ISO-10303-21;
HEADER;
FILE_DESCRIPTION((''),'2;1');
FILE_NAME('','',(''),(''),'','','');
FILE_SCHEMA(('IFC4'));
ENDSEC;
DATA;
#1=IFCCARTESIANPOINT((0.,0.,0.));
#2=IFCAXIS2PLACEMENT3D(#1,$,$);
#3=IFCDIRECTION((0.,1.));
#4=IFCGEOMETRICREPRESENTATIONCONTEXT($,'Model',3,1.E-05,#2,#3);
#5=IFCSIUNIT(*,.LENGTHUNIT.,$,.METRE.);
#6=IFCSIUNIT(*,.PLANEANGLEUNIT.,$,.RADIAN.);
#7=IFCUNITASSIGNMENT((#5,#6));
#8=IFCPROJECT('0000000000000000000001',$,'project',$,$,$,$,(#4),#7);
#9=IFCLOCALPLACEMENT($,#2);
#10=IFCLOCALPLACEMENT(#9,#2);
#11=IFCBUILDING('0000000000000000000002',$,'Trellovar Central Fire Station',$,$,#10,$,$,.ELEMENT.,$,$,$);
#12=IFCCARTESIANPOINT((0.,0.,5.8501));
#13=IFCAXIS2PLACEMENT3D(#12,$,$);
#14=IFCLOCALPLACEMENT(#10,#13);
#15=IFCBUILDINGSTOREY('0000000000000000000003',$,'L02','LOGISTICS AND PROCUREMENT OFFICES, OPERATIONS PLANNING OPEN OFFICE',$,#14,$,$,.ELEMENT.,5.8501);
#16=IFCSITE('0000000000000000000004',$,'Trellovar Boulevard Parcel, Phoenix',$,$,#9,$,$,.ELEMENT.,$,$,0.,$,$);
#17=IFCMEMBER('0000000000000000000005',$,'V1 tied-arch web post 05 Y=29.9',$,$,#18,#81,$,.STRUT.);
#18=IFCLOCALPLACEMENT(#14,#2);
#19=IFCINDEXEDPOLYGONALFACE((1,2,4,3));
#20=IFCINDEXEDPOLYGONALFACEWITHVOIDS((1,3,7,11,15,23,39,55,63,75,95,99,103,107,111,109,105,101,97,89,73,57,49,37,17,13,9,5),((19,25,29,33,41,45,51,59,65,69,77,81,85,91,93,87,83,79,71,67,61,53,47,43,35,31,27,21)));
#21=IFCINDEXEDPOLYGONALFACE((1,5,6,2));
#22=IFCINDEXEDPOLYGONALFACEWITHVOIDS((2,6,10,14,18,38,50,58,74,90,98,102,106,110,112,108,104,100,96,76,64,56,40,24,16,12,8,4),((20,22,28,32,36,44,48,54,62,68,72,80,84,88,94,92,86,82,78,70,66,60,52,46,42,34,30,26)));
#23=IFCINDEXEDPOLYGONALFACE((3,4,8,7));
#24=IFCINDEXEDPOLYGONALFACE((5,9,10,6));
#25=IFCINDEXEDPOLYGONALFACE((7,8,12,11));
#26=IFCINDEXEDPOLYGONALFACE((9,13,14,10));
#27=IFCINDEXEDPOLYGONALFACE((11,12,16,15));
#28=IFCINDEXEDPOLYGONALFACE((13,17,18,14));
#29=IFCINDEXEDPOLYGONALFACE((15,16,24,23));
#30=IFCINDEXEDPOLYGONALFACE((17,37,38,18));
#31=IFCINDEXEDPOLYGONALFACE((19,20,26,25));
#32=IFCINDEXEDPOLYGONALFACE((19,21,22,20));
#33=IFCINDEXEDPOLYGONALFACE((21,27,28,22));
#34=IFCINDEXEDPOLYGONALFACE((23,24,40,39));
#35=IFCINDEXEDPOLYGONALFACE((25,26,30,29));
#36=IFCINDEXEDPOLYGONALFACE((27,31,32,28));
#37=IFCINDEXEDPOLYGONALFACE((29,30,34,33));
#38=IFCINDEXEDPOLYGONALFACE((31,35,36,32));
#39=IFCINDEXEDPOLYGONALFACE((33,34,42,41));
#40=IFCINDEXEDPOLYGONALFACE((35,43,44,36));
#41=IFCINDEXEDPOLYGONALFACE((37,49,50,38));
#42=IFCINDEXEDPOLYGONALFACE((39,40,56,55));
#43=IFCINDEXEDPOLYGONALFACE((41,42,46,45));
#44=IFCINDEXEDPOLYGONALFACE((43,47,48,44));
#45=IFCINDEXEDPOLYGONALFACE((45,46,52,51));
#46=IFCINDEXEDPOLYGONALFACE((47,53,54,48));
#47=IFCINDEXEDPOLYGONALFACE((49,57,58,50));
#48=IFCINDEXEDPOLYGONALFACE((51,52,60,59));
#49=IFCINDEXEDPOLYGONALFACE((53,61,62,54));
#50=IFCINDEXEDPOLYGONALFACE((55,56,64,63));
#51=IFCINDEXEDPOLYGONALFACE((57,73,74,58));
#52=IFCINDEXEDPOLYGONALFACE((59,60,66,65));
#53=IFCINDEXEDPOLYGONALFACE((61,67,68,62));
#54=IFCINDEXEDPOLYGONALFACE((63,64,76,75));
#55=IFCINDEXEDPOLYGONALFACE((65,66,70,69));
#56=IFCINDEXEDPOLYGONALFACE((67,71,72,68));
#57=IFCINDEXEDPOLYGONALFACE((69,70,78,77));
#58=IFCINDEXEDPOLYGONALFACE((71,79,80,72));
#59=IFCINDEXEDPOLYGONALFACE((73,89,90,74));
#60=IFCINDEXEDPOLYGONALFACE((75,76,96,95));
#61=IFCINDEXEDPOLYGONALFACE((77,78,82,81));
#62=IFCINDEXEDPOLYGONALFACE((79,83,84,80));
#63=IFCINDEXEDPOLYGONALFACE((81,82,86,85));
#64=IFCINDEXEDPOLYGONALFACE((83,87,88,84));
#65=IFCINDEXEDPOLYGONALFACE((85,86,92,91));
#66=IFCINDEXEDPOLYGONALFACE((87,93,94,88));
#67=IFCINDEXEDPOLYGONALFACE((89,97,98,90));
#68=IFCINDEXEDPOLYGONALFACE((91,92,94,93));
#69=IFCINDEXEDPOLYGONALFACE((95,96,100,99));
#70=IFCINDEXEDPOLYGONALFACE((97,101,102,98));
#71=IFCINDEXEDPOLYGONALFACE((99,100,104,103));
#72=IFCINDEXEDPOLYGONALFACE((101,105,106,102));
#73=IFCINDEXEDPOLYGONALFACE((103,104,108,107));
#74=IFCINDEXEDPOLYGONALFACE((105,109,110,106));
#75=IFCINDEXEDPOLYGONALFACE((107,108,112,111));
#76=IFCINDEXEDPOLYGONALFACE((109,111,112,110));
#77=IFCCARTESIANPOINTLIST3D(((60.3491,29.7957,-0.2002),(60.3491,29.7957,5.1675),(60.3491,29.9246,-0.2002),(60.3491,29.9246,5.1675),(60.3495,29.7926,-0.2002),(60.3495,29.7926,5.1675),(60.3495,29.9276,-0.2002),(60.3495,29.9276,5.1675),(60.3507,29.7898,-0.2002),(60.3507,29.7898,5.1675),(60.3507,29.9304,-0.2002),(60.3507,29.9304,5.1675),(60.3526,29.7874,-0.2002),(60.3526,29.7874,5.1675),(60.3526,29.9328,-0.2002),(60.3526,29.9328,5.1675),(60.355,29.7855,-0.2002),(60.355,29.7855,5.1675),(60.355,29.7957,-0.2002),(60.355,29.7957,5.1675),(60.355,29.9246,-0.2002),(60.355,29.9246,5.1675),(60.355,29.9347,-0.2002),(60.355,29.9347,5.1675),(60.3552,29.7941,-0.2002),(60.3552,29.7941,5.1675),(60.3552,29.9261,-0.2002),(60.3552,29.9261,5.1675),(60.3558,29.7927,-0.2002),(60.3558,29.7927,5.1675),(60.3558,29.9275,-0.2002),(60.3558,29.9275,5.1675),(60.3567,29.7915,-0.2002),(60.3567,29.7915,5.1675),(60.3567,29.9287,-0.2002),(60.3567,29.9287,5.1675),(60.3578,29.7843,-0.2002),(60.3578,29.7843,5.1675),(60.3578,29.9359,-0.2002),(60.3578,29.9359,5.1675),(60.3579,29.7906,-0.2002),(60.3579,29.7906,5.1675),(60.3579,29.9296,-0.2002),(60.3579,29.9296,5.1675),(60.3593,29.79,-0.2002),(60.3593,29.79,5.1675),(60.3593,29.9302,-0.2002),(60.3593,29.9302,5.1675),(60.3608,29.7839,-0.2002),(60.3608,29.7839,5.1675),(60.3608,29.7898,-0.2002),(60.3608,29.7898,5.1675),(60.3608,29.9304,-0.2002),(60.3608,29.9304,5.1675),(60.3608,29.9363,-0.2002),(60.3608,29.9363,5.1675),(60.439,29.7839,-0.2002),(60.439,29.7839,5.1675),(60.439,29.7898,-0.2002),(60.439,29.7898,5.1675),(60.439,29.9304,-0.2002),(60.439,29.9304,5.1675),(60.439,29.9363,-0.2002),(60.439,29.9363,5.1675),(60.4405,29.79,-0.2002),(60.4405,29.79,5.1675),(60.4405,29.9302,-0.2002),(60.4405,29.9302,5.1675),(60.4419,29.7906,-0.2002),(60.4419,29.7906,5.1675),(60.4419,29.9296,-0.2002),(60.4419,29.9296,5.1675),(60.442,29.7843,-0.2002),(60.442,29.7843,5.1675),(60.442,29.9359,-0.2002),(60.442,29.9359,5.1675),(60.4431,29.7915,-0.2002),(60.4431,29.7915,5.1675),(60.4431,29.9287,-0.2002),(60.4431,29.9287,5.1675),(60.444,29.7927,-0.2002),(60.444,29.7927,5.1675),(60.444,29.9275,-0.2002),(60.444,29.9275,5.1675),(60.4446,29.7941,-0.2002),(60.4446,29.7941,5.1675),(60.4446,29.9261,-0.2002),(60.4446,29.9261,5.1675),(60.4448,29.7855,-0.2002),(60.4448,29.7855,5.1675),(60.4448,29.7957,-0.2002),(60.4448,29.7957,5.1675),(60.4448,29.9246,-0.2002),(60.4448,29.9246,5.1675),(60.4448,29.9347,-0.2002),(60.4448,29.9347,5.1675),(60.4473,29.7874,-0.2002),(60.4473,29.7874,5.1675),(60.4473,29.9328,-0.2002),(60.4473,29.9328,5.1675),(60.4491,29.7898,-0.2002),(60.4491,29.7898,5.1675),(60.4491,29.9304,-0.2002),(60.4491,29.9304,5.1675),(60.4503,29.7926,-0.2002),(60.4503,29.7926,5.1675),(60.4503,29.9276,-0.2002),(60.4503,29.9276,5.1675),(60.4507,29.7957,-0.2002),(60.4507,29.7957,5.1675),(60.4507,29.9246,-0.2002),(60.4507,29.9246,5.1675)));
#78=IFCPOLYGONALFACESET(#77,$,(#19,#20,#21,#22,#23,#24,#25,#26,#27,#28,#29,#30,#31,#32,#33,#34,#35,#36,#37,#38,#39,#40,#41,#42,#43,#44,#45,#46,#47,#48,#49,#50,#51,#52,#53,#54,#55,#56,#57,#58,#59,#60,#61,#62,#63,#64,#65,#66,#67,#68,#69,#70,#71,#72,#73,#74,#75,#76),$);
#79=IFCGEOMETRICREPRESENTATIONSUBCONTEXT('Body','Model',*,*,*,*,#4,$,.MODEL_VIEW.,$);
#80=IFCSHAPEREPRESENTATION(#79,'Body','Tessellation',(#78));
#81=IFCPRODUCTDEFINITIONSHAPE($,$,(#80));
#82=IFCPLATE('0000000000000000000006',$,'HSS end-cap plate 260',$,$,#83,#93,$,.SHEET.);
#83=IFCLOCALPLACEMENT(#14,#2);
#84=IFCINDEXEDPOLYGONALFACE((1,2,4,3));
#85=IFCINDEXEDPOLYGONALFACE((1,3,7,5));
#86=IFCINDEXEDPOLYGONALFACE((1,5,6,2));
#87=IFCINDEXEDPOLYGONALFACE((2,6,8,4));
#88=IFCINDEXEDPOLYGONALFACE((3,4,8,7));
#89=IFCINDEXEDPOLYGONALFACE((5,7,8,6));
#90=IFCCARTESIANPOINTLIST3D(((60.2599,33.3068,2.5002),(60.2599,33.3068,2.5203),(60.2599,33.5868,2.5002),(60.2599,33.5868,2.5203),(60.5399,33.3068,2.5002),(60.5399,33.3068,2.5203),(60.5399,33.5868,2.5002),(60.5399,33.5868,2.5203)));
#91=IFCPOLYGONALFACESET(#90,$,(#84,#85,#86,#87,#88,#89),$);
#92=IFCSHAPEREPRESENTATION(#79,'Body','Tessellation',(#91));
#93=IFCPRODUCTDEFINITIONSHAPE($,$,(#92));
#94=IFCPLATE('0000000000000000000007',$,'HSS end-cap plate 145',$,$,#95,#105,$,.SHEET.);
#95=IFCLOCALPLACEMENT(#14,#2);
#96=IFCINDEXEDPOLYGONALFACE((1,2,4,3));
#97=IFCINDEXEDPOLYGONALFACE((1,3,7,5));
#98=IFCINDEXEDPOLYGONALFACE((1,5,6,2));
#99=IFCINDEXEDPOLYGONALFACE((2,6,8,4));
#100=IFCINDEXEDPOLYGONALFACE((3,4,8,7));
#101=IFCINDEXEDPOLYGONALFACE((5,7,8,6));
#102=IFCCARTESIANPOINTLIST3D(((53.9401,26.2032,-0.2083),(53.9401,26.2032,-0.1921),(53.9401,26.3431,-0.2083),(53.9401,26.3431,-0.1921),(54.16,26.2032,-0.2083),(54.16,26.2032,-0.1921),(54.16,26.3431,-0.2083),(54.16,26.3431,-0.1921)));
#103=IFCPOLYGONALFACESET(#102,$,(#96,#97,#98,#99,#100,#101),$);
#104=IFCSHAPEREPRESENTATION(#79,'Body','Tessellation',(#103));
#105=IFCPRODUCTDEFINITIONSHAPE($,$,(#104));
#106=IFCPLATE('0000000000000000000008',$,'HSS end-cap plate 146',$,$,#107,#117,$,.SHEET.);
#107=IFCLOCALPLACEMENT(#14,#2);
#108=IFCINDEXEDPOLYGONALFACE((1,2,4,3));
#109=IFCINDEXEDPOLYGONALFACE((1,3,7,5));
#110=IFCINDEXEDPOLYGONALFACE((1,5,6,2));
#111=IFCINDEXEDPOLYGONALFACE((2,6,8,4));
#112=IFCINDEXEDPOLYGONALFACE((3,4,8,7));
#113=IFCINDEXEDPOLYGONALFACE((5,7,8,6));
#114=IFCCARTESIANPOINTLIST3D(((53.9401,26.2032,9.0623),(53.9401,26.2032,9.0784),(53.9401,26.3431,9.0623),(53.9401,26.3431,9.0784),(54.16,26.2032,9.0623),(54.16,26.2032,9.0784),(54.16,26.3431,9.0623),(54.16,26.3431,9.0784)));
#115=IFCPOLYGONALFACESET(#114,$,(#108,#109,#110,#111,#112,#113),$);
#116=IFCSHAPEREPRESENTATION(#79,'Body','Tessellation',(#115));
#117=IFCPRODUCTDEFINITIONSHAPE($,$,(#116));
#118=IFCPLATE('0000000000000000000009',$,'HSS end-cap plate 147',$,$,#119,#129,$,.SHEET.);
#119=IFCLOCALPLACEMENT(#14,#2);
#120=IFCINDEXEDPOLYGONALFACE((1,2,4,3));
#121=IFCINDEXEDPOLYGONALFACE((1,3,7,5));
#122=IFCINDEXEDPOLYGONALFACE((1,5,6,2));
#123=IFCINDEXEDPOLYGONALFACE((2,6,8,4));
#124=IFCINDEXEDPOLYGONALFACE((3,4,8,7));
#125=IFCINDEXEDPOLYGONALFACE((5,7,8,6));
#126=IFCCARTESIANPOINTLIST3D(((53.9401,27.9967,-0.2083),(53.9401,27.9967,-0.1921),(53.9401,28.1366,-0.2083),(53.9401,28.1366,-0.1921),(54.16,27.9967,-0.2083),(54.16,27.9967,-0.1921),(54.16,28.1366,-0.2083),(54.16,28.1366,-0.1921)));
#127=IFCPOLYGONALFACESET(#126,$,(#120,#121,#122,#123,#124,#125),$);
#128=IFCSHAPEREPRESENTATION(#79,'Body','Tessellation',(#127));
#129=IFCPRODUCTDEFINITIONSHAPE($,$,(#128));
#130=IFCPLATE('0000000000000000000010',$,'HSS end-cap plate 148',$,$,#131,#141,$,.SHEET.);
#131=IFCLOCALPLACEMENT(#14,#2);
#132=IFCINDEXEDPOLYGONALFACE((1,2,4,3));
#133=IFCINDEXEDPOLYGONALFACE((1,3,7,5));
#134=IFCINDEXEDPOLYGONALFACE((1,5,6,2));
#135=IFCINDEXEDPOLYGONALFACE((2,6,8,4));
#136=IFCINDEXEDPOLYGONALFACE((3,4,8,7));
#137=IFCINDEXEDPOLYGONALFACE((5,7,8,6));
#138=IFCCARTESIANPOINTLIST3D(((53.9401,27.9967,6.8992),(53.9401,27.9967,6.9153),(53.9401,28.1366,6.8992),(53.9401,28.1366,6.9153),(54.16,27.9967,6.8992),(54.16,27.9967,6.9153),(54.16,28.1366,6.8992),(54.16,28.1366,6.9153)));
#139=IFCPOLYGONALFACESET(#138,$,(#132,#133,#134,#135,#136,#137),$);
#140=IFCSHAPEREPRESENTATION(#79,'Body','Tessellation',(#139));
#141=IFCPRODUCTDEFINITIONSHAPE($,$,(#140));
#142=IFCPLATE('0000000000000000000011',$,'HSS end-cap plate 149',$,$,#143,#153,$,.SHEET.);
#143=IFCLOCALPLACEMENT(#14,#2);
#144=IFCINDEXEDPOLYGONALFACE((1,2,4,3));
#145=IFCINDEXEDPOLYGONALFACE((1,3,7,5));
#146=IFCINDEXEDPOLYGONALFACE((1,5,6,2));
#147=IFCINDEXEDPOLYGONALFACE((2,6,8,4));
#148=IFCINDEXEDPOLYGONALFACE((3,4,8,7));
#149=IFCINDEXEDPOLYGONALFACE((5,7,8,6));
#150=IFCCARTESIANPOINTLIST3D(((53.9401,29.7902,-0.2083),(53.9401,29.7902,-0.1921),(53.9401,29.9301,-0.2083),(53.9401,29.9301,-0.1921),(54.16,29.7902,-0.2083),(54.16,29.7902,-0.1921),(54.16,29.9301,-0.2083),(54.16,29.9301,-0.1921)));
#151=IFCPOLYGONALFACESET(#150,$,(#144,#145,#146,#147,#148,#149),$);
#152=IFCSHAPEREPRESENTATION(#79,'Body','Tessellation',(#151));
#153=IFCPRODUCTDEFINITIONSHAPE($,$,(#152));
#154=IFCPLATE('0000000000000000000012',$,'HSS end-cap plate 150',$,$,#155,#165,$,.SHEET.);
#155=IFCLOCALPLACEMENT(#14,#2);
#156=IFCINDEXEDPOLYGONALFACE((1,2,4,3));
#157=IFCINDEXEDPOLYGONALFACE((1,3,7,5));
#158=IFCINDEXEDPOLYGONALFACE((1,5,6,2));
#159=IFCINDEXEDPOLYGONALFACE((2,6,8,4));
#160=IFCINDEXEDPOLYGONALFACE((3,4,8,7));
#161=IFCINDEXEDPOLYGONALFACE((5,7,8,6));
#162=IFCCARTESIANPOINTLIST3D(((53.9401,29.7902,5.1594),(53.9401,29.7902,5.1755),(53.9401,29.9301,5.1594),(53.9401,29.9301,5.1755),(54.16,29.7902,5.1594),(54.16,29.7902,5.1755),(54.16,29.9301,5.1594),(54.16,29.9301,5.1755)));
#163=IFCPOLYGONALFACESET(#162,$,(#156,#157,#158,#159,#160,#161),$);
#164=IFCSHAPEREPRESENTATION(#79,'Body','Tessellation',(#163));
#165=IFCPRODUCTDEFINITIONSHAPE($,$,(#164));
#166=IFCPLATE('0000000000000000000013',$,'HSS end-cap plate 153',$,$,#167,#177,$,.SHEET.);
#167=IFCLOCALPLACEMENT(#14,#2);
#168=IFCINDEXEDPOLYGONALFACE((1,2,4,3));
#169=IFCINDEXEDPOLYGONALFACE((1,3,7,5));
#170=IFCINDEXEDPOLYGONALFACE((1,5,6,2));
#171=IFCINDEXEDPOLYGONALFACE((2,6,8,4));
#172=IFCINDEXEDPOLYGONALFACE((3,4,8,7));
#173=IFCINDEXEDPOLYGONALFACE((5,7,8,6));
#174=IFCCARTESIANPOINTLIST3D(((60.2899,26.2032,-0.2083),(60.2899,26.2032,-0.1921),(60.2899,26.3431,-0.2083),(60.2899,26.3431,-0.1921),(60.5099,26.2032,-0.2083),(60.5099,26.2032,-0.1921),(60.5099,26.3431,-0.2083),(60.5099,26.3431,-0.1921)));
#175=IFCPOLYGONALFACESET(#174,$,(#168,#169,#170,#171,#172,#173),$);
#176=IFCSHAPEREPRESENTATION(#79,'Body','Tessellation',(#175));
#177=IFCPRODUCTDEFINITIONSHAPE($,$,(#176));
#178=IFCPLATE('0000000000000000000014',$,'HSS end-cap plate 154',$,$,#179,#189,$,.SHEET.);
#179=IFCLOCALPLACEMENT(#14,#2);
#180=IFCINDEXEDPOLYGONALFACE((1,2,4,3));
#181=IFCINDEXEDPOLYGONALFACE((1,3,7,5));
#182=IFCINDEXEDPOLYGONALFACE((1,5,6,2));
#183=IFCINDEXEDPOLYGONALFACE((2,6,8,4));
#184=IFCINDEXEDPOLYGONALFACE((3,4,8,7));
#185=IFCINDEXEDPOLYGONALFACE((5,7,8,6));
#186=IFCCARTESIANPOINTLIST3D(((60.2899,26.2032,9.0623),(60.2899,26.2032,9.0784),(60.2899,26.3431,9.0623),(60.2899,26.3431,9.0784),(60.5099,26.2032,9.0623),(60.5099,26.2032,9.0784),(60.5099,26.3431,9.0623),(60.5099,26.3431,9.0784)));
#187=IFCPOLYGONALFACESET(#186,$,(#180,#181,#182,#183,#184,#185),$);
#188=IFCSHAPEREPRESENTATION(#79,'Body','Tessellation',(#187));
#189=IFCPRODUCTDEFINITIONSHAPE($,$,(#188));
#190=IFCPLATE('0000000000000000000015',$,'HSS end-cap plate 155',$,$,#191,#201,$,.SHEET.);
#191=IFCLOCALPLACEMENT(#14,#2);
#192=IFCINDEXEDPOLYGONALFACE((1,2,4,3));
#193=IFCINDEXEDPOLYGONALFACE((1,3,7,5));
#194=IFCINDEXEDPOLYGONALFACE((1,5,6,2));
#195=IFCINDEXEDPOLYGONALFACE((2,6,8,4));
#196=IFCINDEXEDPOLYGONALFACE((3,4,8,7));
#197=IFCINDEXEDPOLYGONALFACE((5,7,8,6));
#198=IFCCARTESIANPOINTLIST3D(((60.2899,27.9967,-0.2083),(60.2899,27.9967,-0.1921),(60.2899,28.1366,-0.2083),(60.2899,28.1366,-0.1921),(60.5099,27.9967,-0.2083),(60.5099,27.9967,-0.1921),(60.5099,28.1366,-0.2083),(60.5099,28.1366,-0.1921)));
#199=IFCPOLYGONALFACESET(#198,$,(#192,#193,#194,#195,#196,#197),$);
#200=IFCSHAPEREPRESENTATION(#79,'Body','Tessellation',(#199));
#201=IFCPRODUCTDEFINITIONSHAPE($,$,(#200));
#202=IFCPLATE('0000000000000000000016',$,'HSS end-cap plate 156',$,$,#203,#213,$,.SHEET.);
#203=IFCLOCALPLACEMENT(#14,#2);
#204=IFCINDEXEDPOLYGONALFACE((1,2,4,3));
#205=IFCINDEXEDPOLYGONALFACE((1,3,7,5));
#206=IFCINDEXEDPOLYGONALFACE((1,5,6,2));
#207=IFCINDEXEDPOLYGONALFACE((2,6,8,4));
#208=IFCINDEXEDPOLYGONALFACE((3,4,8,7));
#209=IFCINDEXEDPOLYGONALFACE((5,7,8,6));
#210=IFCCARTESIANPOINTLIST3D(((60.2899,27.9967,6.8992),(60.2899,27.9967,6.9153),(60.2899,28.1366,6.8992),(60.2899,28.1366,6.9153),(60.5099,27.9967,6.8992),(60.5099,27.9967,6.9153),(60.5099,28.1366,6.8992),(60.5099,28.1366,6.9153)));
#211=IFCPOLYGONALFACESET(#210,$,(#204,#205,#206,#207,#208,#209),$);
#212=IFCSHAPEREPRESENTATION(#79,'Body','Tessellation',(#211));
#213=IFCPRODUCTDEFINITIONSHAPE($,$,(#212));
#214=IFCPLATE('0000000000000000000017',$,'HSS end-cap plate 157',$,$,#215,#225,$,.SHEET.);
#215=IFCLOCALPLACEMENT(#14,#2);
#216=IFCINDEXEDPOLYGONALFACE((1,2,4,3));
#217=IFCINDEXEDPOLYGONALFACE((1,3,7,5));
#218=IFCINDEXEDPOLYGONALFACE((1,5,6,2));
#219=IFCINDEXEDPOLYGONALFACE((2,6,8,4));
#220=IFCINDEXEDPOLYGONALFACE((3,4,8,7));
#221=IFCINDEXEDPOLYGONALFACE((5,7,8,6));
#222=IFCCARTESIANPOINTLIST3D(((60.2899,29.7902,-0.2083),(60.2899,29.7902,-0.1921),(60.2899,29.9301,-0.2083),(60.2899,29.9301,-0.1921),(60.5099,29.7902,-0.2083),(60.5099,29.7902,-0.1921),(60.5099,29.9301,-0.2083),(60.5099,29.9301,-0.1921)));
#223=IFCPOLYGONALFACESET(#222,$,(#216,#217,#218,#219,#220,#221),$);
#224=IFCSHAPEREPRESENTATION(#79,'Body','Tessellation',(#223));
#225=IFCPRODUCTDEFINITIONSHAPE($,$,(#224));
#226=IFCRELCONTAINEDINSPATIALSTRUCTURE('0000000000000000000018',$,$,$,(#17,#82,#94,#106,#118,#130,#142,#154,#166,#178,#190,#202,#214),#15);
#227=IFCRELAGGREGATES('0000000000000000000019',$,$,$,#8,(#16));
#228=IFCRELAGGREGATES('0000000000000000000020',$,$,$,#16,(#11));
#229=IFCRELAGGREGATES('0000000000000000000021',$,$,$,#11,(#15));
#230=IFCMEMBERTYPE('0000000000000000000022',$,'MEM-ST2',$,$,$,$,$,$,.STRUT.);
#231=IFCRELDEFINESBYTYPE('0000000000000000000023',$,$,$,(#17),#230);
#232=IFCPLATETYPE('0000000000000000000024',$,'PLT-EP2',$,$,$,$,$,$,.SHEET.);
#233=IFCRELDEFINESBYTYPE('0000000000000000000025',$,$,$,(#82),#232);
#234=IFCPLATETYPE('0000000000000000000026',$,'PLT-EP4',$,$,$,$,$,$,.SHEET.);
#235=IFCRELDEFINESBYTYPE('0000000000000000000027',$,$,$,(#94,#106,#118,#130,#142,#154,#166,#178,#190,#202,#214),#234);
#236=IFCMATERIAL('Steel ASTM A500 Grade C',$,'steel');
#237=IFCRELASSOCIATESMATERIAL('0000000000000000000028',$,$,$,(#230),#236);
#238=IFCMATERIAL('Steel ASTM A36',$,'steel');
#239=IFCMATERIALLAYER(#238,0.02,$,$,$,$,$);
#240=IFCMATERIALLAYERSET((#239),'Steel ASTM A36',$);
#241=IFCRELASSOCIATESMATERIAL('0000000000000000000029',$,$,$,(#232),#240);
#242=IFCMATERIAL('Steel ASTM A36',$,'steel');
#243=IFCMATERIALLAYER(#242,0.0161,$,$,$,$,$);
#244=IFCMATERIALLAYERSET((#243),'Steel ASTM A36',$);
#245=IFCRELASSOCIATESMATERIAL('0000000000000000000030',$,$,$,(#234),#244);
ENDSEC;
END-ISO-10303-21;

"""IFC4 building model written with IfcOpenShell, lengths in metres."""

from ifc_helpers import new_model, si_unit, direction, frame, origin, origin_2d, place, context, subcontext, project, spatial, rectangle, hollow_rectangle, extrude, material, layer, layer_set, material_profile, profile_set, type_object, element, save


model = new_model("IFC4")

# Units and contexts
model_context = context("Model", 3, precision=1e-05, world=origin(), true_north=direction((0.0, 1.0)))
body_context = subcontext(model_context, "Body", "Model", "MODEL_VIEW")
ifc_project = project(units=[si_unit("LENGTHUNIT", "METRE"), si_unit("PLANEANGLEUNIT", "RADIAN")], contexts=[model_context])

# Site, building, storey
site_placement = place(None, origin())
site = spatial("IfcSite", under=ifc_project, at=site_placement, Name="Trellovar Boulevard Parcel, Phoenix", CompositionType="ELEMENT", RefElevation=0.0)
building_placement = place(site_placement, origin())
building = spatial("IfcBuilding", under=site, at=building_placement, Name="Trellovar Central Fire Station", CompositionType="ELEMENT")
storey_placement = place(building_placement, frame((0.0, 0.0, 5.8501)))
storey = spatial("IfcBuildingStorey", under=building, at=storey_placement, Name="L02", Description="LOGISTICS AND PROCUREMENT OFFICES, OPERATIONS PLANNING OPEN OFFICE", CompositionType="ELEMENT", Elevation=5.8501)

# Member
ifc_material_1 = material(Name="Steel ASTM A500 Grade C", Category="steel")
ifc_material_profile_1 = material_profile(ifc_material_1, hollow_rectangle(XDim=0.1016, YDim=0.1523, WallThickness=0.0059, InnerFilletRadius=0.0059, OuterFilletRadius=0.0117, at=origin_2d()), Name="HSS6X4X1/4")
ifc_profile_set_1 = profile_set([ifc_material_profile_1], Name="Steel ASTM A500 Grade C")
member_type_1 = type_object("IfcMemberType", Name="MEM-ST2", PredefinedType="STRUT", material=ifc_profile_set_1)
member_1_placement = place(storey_placement, frame((60.3999, 29.8601, -0.2002), z_axis=(0.0, 0.0, 1.0), x_axis=(1.0, 0.0, 0.0)))
element("IfcMember", 1, at=member_1_placement, inside=storey, type_object=member_type_1, Name="V1 tied-arch web post 05 Y=29.9", PredefinedType="STRUT", context=body_context, shape_type="SweptSolid", body=[
    extrude(hollow_rectangle(XDim=0.1016, YDim=0.1523, WallThickness=0.0059, InnerFilletRadius=0.0059, OuterFilletRadius=0.0117, at=origin_2d()), origin(), (0.0, 0.0, 1.0), 5.3677),
])

# Plates
ifc_material_2 = material(Name="Steel ASTM A36", Category="steel")
ifc_layer_1 = layer(ifc_material_2, 0.02)
ifc_layer_set_1 = layer_set([ifc_layer_1], Name="Steel ASTM A36")
plate_type_1 = type_object("IfcPlateType", Name="PLT-EP2", PredefinedType="SHEET", material=ifc_layer_set_1)
plate_placement = place(storey_placement, frame((60.3999, 33.4468, 2.5002), z_axis=(0.0, 0.0, 1.0), x_axis=(1.0, 0.0, 0.0)))
element("IfcPlate", 2, at=plate_placement, inside=storey, type_object=plate_type_1, Name="HSS end-cap plate 260", PredefinedType="SHEET", context=body_context, shape_type="SweptSolid", body=[
    extrude(rectangle(XDim=0.28, YDim=0.28, at=origin_2d()), origin(), (0.0, 0.0, 1.0), 0.02),
])
ifc_material_3 = material(Name="Steel ASTM A36", Category="steel")
ifc_layer_2 = layer(ifc_material_3, 0.0161)
ifc_layer_set_2 = layer_set([ifc_layer_2], Name="Steel ASTM A36")
plate_type_2 = type_object("IfcPlateType", Name="PLT-EP4", PredefinedType="SHEET", material=ifc_layer_set_2)
for number, where, z_axis, x_axis, name in (
    (3, (54.05, 26.2732, -0.2083), (0.0, 0.0, 1.0), (1.0, 0.0, 0.0), "HSS end-cap plate 145"),
    (4, (54.05, 26.2732, 9.0623), (0.0, 0.0, 1.0), (1.0, 0.0, 0.0), "HSS end-cap plate 146"),
    (5, (54.05, 28.0667, -0.2083), (0.0, 0.0, 1.0), (1.0, 0.0, 0.0), "HSS end-cap plate 147"),
    (6, (54.05, 28.0667, 6.8992), (0.0, 0.0, 1.0), (1.0, 0.0, 0.0), "HSS end-cap plate 148"),
    (7, (54.05, 29.8601, -0.2083), (0.0, 0.0, 1.0), (1.0, 0.0, 0.0), "HSS end-cap plate 149"),
    (8, (54.05, 29.8601, 5.1594), (0.0, 0.0, 1.0), (1.0, 0.0, 0.0), "HSS end-cap plate 150"),
    (9, (60.3999, 26.2732, -0.2083), (0.0, 0.0, 1.0), (1.0, 0.0, 0.0), "HSS end-cap plate 153"),
    (10, (60.3999, 26.2732, 9.0623), (0.0, 0.0, 1.0), (1.0, 0.0, 0.0), "HSS end-cap plate 154"),
    (11, (60.3999, 28.0667, -0.2083), (0.0, 0.0, 1.0), (1.0, 0.0, 0.0), "HSS end-cap plate 155"),
    (12, (60.3999, 28.0667, 6.8992), (0.0, 0.0, 1.0), (1.0, 0.0, 0.0), "HSS end-cap plate 156"),
    (13, (60.3999, 29.8601, -0.2083), (0.0, 0.0, 1.0), (1.0, 0.0, 0.0), "HSS end-cap plate 157"),
):
    element("IfcPlate", number, at=place(storey_placement, frame(where, z_axis=z_axis, x_axis=x_axis)), inside=storey, type_object=plate_type_2, Name=name, PredefinedType="SHEET", context=body_context, shape_type="SweptSolid", body=[
        extrude(rectangle(XDim=0.22, YDim=0.1399, at=origin_2d()), origin(), (0.0, 0.0, 1.0), 0.0161),
    ])

save(model, "model.ifc")
